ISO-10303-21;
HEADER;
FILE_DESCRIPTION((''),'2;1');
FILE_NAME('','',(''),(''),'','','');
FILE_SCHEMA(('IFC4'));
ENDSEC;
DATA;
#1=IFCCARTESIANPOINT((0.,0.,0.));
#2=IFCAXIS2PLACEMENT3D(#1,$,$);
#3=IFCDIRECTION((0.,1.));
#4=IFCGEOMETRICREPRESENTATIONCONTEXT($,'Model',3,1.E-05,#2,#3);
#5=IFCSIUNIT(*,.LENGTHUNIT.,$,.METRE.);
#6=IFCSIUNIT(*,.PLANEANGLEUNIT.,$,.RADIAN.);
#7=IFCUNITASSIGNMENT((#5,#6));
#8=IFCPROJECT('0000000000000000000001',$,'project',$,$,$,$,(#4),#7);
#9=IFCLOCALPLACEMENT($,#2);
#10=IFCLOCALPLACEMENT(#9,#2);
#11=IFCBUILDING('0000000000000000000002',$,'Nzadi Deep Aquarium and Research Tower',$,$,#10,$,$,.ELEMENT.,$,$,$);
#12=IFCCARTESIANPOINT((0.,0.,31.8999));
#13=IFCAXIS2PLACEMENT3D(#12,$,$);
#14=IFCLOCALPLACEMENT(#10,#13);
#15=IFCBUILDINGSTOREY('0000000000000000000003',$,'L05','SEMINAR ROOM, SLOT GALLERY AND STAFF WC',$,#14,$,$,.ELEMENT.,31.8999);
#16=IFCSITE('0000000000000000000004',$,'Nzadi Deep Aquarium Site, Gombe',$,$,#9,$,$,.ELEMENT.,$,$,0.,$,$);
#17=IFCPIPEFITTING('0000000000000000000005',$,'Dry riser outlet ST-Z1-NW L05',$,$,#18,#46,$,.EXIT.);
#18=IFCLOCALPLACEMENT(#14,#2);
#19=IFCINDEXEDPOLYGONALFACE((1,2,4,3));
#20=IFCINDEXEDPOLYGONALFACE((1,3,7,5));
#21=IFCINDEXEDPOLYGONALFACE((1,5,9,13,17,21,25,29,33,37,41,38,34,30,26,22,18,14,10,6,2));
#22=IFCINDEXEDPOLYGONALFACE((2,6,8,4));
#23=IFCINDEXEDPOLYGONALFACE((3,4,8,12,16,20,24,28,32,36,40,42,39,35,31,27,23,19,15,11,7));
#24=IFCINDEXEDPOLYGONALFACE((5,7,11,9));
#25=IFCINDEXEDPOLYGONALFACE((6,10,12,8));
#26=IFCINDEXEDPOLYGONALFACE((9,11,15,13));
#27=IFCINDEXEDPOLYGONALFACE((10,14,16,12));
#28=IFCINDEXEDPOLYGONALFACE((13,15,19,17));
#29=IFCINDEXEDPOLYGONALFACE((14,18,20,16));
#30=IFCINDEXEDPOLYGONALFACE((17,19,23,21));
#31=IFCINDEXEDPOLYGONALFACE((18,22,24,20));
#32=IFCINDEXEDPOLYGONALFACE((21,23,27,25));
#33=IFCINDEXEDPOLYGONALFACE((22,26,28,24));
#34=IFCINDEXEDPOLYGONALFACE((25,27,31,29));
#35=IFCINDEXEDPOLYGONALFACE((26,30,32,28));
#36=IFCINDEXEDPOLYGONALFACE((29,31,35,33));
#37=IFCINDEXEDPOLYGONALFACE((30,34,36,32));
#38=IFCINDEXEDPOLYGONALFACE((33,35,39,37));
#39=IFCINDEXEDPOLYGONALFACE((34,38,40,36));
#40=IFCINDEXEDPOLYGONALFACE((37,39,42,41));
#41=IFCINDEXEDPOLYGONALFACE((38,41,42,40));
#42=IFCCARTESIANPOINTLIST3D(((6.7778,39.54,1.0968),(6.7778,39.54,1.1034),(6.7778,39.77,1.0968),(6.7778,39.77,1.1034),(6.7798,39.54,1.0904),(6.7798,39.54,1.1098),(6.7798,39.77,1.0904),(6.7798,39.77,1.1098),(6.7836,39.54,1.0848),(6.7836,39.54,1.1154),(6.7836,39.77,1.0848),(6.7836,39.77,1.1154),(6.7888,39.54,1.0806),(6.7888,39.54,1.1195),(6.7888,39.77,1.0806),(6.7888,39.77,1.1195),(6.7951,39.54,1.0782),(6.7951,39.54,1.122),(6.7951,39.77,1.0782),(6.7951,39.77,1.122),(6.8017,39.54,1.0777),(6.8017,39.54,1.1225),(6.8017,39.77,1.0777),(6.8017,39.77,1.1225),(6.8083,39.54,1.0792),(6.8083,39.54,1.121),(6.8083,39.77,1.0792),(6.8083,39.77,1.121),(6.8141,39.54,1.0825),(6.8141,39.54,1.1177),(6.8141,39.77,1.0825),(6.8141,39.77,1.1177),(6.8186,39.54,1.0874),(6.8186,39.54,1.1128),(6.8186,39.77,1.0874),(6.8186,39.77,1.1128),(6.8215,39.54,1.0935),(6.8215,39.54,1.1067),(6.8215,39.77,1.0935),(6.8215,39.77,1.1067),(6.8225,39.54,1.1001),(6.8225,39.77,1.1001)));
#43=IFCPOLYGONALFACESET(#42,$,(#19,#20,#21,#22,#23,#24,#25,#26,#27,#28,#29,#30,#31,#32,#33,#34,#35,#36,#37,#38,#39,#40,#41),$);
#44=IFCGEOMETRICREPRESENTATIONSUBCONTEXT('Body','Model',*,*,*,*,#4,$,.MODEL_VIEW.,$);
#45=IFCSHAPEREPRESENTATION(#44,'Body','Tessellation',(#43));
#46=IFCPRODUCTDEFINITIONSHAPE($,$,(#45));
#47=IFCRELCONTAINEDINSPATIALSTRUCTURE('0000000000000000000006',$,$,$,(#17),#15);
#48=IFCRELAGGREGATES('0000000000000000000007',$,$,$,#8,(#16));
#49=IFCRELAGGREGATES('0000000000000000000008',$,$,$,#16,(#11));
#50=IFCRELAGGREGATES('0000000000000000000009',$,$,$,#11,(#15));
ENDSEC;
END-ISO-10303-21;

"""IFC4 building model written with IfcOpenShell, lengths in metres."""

from ifc_helpers import new_model, si_unit, direction, frame, origin, origin_2d, place, context, subcontext, project, spatial, circle, extrude, element, save


model = new_model("IFC4")

# Units and contexts
model_context = context("Model", 3, precision=1e-05, world=origin(), true_north=direction((0.0, 1.0)))
body_context = subcontext(model_context, "Body", "Model", "MODEL_VIEW")
ifc_project = project(units=[si_unit("LENGTHUNIT", "METRE"), si_unit("PLANEANGLEUNIT", "RADIAN")], contexts=[model_context])

# Site, building, storey
site_placement = place(None, origin())
site = spatial("IfcSite", under=ifc_project, at=site_placement, Name="Nzadi Deep Aquarium Site, Gombe", CompositionType="ELEMENT", RefElevation=0.0)
building_placement = place(site_placement, origin())
building = spatial("IfcBuilding", under=site, at=building_placement, Name="Nzadi Deep Aquarium and Research Tower", CompositionType="ELEMENT")
storey_placement = place(building_placement, frame((0.0, 0.0, 31.8999)))
storey = spatial("IfcBuildingStorey", under=building, at=storey_placement, Name="L05", Description="SEMINAR ROOM, SLOT GALLERY AND STAFF WC", CompositionType="ELEMENT", Elevation=31.8999)

# Pipe fitting
pipe_fitting_placement = place(storey_placement, frame((6.8, 39.77, 1.1001), z_axis=(0.0, -1.0, 0.0), x_axis=(1.0, 0.0, 0.0)))
element("IfcPipeFitting", 1, at=pipe_fitting_placement, inside=storey, Name="Dry riser outlet ST-Z1-NW L05", PredefinedType="EXIT", context=body_context, shape_type="SweptSolid", body=[
    extrude(circle(Radius=0.0225, at=origin_2d()), origin(), (0.0, 0.0, 1.0), 0.23),
])

save(model, "model.ifc")
